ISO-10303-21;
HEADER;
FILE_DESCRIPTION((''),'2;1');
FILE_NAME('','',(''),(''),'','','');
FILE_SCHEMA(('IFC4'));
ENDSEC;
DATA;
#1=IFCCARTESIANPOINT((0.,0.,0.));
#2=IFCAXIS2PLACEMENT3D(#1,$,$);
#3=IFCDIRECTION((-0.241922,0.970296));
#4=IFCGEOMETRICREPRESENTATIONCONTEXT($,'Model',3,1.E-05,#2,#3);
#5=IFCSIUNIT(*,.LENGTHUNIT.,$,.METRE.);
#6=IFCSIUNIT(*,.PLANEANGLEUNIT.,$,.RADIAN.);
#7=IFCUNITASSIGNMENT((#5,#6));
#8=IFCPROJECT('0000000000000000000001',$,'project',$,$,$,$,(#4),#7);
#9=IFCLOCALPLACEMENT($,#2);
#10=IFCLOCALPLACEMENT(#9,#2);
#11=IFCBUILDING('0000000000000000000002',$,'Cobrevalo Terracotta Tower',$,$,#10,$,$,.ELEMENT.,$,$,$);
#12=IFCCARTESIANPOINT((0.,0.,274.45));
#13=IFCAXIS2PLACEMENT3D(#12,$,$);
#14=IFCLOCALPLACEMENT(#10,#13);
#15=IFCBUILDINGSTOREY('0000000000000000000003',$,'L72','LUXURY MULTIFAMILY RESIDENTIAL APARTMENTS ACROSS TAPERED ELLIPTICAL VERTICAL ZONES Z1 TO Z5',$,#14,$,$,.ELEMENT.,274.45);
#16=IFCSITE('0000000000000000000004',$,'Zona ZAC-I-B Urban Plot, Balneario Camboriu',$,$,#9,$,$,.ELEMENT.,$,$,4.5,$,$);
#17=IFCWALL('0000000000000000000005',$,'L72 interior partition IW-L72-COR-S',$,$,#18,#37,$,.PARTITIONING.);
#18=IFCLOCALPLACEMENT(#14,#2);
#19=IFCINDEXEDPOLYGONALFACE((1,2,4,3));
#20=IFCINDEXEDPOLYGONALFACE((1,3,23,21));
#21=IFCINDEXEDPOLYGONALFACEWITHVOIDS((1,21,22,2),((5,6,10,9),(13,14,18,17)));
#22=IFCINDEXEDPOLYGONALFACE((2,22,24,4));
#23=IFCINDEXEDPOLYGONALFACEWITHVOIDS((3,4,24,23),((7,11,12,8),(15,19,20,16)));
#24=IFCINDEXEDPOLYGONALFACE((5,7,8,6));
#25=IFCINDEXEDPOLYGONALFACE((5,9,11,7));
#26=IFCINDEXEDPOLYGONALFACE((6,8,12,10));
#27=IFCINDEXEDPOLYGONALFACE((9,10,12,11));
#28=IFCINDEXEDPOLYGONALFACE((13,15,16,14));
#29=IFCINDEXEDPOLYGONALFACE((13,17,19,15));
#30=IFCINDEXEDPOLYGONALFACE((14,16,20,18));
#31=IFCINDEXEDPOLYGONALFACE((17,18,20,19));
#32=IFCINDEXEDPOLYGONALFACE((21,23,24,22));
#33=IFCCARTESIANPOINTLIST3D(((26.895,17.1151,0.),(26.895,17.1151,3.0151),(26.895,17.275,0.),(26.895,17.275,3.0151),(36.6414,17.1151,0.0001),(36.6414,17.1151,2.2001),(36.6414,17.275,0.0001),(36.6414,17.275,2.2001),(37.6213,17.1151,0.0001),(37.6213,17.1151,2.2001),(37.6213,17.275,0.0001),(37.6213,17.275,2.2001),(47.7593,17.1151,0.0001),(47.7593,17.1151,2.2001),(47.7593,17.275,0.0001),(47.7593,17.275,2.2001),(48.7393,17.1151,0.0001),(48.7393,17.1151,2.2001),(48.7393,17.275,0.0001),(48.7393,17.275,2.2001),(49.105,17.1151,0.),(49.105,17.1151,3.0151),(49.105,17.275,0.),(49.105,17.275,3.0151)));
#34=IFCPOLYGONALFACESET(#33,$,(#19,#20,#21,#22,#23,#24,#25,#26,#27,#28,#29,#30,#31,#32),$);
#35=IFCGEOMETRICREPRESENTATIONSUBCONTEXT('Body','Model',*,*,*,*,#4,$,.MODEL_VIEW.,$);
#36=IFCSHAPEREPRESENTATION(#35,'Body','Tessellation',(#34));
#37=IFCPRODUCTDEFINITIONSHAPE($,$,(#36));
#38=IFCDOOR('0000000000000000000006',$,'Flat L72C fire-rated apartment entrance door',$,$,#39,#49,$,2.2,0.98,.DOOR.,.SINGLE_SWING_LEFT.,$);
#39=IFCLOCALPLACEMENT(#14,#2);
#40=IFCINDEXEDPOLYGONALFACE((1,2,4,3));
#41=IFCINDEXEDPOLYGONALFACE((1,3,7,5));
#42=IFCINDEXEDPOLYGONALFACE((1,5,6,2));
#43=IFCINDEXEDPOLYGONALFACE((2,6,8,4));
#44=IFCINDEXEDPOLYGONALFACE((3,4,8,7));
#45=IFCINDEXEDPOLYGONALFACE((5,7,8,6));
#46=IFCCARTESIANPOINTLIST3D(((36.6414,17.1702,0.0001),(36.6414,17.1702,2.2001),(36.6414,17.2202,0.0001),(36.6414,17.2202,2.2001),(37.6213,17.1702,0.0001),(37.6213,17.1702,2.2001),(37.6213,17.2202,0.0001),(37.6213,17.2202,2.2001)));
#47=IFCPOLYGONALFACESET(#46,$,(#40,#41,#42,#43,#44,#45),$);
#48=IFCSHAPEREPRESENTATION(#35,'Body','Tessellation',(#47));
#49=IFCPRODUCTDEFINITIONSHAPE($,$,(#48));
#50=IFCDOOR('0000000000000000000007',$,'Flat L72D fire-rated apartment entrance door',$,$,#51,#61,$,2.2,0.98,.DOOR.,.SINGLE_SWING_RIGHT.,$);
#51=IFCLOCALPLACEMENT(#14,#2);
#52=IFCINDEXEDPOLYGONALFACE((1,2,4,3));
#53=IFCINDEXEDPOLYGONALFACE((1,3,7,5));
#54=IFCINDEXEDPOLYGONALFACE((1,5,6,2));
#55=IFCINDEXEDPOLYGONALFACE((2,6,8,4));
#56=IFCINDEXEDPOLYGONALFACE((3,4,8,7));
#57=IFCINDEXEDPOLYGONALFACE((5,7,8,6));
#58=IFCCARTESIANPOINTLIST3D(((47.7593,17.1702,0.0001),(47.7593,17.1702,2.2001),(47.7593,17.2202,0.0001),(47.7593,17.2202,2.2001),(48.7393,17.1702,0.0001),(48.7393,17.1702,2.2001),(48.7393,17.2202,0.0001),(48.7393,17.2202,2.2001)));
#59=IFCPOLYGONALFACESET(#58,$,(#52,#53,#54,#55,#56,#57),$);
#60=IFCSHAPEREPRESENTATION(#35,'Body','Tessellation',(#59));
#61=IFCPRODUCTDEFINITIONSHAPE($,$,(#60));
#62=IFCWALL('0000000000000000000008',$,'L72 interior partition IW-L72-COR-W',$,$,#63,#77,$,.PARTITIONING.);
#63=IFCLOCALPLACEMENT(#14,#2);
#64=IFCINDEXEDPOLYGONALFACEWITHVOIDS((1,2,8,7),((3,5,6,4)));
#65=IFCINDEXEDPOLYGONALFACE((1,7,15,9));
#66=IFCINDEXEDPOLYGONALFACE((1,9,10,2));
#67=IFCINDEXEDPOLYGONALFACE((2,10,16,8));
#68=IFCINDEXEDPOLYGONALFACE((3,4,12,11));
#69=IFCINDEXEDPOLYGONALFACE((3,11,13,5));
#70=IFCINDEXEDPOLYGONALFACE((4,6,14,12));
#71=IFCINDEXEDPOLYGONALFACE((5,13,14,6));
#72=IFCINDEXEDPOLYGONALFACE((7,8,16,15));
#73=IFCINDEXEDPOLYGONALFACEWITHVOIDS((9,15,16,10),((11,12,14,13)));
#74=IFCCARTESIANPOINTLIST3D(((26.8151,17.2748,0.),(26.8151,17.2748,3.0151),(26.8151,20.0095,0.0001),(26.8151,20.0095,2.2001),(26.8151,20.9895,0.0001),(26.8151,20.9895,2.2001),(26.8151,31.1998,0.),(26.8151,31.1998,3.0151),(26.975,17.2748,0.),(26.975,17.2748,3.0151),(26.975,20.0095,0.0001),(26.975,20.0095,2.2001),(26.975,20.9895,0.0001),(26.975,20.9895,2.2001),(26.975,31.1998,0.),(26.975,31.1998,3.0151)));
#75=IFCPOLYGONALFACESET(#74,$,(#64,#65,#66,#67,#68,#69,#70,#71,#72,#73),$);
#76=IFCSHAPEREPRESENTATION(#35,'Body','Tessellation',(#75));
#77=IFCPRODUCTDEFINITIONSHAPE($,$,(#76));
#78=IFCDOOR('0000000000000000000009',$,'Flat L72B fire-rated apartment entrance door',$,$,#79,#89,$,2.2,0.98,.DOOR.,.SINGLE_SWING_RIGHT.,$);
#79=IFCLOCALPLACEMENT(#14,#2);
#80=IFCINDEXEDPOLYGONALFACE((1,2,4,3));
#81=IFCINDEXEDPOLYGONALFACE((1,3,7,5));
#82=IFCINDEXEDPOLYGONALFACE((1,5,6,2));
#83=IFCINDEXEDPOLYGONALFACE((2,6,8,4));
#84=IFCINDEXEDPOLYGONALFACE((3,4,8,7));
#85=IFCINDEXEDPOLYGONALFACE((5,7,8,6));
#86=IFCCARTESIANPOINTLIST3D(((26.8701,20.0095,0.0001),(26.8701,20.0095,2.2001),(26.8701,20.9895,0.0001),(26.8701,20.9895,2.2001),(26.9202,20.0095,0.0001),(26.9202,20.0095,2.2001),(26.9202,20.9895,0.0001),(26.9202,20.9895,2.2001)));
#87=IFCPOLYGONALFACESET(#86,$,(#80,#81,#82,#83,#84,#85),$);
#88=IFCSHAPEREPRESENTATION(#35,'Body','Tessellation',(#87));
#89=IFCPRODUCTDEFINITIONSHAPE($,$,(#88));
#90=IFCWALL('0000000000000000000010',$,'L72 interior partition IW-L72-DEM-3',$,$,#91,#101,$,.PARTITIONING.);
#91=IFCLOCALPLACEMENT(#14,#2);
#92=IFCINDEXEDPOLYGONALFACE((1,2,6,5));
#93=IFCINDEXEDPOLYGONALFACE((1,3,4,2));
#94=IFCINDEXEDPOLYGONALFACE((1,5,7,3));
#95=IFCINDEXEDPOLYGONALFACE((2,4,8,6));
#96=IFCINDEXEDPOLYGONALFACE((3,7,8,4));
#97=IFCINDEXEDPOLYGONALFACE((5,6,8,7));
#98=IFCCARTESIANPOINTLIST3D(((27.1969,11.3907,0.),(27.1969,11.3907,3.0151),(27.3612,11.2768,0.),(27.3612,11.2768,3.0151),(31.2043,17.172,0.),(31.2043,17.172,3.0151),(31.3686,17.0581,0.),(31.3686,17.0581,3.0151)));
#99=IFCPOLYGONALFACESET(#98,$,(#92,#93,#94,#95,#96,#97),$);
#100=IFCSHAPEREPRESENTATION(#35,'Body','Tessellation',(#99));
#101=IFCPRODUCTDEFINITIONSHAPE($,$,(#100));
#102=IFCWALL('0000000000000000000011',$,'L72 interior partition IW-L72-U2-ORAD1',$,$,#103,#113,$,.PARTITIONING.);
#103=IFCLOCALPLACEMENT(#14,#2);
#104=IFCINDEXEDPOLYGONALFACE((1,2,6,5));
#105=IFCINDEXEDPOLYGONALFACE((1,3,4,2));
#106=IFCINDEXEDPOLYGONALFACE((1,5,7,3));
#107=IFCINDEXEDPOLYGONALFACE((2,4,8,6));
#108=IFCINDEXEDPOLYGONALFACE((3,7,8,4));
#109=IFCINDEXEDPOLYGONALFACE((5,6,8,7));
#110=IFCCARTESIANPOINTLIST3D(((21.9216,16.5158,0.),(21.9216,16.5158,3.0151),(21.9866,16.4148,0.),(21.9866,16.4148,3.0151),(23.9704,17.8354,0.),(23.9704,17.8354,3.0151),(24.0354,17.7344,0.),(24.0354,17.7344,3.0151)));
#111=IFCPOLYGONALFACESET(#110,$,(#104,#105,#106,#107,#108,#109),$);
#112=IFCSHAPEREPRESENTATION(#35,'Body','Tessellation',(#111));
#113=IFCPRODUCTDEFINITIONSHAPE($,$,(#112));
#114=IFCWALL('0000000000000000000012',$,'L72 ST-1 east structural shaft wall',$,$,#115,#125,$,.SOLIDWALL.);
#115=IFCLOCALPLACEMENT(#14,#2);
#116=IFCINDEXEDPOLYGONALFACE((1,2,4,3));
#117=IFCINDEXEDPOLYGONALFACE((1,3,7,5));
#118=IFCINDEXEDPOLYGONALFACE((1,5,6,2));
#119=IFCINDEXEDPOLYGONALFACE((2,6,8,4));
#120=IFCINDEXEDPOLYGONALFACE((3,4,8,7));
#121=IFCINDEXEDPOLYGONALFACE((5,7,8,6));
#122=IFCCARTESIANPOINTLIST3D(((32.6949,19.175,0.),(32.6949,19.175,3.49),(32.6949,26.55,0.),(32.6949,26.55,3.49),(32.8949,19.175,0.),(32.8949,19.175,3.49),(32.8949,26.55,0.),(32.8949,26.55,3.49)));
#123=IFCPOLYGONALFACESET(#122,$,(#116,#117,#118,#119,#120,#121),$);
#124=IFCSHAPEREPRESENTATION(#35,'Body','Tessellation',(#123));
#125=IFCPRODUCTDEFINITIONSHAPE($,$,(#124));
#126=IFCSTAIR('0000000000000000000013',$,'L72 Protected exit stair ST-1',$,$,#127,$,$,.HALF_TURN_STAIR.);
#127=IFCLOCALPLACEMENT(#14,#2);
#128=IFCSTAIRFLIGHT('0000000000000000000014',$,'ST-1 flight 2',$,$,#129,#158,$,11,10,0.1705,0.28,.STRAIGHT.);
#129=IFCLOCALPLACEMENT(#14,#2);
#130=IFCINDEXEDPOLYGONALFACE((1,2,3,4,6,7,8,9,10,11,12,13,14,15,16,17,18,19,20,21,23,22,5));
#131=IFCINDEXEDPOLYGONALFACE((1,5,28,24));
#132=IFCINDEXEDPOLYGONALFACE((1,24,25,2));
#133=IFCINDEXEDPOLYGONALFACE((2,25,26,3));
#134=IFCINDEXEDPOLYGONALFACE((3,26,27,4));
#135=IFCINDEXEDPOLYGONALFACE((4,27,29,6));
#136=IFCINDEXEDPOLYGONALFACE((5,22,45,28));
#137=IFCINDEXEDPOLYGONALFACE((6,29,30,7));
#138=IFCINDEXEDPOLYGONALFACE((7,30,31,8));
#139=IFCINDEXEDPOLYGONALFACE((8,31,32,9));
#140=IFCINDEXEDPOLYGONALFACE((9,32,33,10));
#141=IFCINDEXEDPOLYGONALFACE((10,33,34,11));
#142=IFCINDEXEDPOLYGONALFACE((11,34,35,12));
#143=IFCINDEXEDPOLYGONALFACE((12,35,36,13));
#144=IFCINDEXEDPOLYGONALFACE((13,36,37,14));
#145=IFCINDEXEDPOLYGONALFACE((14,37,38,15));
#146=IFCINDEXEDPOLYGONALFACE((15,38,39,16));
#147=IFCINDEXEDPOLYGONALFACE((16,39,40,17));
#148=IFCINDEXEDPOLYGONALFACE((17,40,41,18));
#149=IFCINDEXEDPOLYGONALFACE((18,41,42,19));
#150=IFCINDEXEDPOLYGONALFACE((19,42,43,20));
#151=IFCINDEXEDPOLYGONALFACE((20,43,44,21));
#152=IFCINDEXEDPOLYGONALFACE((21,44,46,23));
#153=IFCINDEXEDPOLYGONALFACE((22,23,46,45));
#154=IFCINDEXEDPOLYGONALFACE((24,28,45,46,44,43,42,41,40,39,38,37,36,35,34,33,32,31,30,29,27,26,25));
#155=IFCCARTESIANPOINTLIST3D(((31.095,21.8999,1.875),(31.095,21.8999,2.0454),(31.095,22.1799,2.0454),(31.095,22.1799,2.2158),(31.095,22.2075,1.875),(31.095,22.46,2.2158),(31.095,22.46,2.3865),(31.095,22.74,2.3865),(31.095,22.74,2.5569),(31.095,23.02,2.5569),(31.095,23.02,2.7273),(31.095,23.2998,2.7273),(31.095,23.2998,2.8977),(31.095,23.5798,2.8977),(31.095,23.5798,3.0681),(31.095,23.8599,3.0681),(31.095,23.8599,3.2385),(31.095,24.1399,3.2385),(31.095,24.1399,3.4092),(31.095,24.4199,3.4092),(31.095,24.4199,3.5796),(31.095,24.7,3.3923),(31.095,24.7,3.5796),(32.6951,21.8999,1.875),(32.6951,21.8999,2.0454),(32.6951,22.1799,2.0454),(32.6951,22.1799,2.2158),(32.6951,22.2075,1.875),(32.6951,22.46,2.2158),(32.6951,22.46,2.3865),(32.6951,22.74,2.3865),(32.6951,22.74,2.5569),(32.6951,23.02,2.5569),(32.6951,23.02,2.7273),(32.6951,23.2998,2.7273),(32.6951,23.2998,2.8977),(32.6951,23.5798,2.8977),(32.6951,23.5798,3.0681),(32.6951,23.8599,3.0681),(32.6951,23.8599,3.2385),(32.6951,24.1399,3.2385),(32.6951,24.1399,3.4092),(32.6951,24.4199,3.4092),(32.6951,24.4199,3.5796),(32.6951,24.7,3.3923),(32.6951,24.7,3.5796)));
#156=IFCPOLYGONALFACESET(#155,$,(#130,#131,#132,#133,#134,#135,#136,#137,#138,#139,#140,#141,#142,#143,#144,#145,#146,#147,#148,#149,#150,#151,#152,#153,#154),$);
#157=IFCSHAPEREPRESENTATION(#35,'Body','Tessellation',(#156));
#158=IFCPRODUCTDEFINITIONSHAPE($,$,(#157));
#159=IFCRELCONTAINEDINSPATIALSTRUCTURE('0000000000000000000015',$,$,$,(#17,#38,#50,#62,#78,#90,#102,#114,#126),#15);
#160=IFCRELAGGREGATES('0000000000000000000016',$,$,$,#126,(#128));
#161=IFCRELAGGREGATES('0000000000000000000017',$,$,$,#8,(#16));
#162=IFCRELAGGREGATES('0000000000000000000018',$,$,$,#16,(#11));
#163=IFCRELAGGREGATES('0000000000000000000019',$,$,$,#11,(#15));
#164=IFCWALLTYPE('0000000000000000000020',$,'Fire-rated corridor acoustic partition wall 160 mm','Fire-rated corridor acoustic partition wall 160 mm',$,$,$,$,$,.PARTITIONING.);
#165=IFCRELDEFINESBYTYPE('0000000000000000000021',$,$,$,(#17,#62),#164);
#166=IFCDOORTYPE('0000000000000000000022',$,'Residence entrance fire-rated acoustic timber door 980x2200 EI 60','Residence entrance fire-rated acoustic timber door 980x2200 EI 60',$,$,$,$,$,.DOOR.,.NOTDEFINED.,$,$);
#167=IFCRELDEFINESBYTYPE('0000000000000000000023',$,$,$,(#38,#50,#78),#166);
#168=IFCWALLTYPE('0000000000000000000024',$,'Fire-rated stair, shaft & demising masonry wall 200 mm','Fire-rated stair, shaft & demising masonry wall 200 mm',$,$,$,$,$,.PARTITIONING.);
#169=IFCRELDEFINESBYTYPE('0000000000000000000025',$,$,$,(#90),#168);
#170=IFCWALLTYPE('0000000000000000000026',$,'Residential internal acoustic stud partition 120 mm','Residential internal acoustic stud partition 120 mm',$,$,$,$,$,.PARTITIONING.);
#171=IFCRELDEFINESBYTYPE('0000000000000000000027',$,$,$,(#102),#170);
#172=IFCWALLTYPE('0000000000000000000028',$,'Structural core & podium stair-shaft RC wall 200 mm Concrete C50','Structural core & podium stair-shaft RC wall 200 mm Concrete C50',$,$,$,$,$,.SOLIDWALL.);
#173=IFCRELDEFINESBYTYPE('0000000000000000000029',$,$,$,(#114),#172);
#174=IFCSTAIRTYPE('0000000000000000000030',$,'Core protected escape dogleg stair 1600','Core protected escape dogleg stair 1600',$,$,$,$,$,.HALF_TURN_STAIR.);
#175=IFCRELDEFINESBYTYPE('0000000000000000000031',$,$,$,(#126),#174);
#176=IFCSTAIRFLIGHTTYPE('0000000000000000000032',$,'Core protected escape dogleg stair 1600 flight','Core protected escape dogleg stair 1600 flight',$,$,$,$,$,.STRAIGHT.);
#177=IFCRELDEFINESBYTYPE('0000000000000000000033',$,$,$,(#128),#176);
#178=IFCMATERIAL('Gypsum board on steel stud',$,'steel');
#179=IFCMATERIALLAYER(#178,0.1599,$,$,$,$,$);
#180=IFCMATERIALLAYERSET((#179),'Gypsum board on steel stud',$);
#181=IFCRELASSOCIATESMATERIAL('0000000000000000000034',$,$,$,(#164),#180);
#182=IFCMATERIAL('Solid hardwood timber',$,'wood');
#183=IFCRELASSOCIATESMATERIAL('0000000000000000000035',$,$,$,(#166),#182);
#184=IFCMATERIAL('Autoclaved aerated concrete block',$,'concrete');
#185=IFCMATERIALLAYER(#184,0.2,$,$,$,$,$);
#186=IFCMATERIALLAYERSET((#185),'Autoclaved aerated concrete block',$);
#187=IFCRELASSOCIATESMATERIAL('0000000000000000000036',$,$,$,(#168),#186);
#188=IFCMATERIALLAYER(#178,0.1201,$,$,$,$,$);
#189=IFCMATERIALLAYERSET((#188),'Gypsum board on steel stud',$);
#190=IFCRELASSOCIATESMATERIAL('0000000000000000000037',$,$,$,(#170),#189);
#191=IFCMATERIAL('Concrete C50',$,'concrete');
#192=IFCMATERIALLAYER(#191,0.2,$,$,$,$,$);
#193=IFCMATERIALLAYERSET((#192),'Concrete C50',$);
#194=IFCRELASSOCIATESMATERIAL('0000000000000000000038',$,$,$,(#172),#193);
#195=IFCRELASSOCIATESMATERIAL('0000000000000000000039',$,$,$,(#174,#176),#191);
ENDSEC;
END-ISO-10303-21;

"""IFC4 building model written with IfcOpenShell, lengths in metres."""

from ifc_helpers import new_model, si_unit, direction, frame, frame_2d, origin, place, context, subcontext, project, spatial, polyline, rectangle, outline, extrude, source, transform, mapped, material, layer, layer_set, type_object, element, fill, aggregate, save


model = new_model("IFC4")

# Units and contexts
model_context = context("Model", 3, precision=1e-05, world=origin(), true_north=direction((-0.241922, 0.970296)))
body_context = subcontext(model_context, "Body", "Model", "MODEL_VIEW")
ifc_project = project(units=[si_unit("LENGTHUNIT", "METRE"), si_unit("PLANEANGLEUNIT", "RADIAN")], contexts=[model_context])

# Site, building, storey
site_placement = place(None, origin())
site = spatial("IfcSite", under=ifc_project, at=site_placement, Name="Zona ZAC-I-B Urban Plot, Balneario Camboriu", CompositionType="ELEMENT", RefElevation=4.5)
building_placement = place(site_placement, origin())
building = spatial("IfcBuilding", under=site, at=building_placement, Name="Cobrevalo Terracotta Tower", CompositionType="ELEMENT")
storey_placement = place(building_placement, frame((0.0, 0.0, 274.45)))
storey = spatial("IfcBuildingStorey", under=building, at=storey_placement, Name="L72", Description="LUXURY MULTIFAMILY RESIDENTIAL APARTMENTS ACROSS TAPERED ELLIPTICAL VERTICAL ZONES Z1 TO Z5", CompositionType="ELEMENT", Elevation=274.45)

# Shared definitions
ifc_material_1 = material(Name="Concrete C50", Category="concrete")

# Wall, openings, doors
ifc_material_2 = material(Name="Gypsum board on steel stud", Category="steel")
ifc_layer_1 = layer(ifc_material_2, 0.1599)
ifc_layer_set_1 = layer_set([ifc_layer_1], Name="Gypsum board on steel stud")
wall_type_1 = type_object("IfcWallType", Name="Fire-rated corridor acoustic partition wall 160 mm", Description="Fire-rated corridor acoustic partition wall 160 mm", PredefinedType="PARTITIONING", material=ifc_layer_set_1)
wall_1_placement = place(storey_placement, frame((26.895, 17.1951, 0.0), z_axis=(0.0, 0.0, 1.0), x_axis=(1.0, 0.0, 0.0)))
wall_1 = element("IfcWall", 1, at=wall_1_placement, inside=storey, type_object=wall_type_1, Name="L72 interior partition IW-L72-COR-S", PredefinedType="PARTITIONING", context=body_context, shape_type="SweptSolid", body=[
    extrude(rectangle(XDim=22.21, YDim=0.1599, at=frame_2d((11.105, 0.0))), origin(), (0.0, 0.0, 1.0), 3.0151),
])
opening_1_placement = place(wall_1_placement, frame((9.7463, 0.0, 0.0)))
opening_1 = element("IfcOpeningElement", 2, at=opening_1_placement, cuts=wall_1, PredefinedType="OPENING", context=body_context, shape_type="SweptSolid", body=[
    extrude(rectangle(XDim=0.98, YDim=2.2, at=frame_2d((0.49, 1.1001))), frame((0.0, 0.0898, 0.0), z_axis=(0.0, -1.0, 0.0), x_axis=(1.0, 0.0, 0.0)), (0.0, 0.0, 1.0), 0.1799),
])
opening_2_placement = place(wall_1_placement, frame((20.8643, 0.0, 0.0)))
opening_2 = element("IfcOpeningElement", 3, at=opening_2_placement, cuts=wall_1, PredefinedType="OPENING", context=body_context, shape_type="SweptSolid", body=[
    extrude(rectangle(XDim=0.98, YDim=2.2, at=frame_2d((0.49, 1.1001))), frame((0.0, 0.0898, 0.0), z_axis=(0.0, -1.0, 0.0), x_axis=(1.0, 0.0, 0.0)), (0.0, 0.0, 1.0), 0.1799),
])
ifc_material_3 = material(Name="Solid hardwood timber", Category="wood")
door_type_1 = type_object("IfcDoorType", Name="Residence entrance fire-rated acoustic timber door 980x2200 EI 60", Description="Residence entrance fire-rated acoustic timber door 980x2200 EI 60", OperationType="NOTDEFINED", PredefinedType="DOOR", material=ifc_material_3)
shared_shape_1 = source(origin(), body_context, "Body", "SweptSolid", [
    extrude(rectangle(XDim=0.98, YDim=2.2, at=frame_2d((0.49, 1.1001))), frame((0.0, 0.0249, 0.0), z_axis=(0.0, -1.0, 0.0), x_axis=(1.0, 0.0, 0.0)), (0.0, 0.0, 1.0), 0.05),
])
door_1_placement = place(opening_1_placement, frame((0.98, 0.0, 0.0), z_axis=(0.0, 0.0, 1.0), x_axis=(-1.0, 0.0, 0.0)))
door_1 = element("IfcDoor", 4, at=door_1_placement, inside=storey, type_object=door_type_1, Name="Flat L72C fire-rated apartment entrance door", OperationType="SINGLE_SWING_LEFT", OverallHeight=2.2, OverallWidth=0.98, PredefinedType="DOOR", context=body_context, shape_type="MappedRepresentation", body=[
    mapped(shared_shape_1, transform((0.0, 0.0, 0.0), scale=1.0)),
])
fill(opening_1, door_1)
door_2_placement = place(opening_2_placement, frame((0.98, 0.0, 0.0), z_axis=(0.0, 0.0, 1.0), x_axis=(-1.0, 0.0, 0.0)))
door_2 = element("IfcDoor", 5, at=door_2_placement, inside=storey, type_object=door_type_1, Name="Flat L72D fire-rated apartment entrance door", OperationType="SINGLE_SWING_RIGHT", OverallHeight=2.2, OverallWidth=0.98, PredefinedType="DOOR", context=body_context, shape_type="MappedRepresentation", body=[
    mapped(shared_shape_1, transform((0.0, 0.0, 0.0), scale=1.0)),
])
fill(opening_2, door_2)

# Wall, opening, door
wall_2_placement = place(storey_placement, frame((26.895, 17.2749, 0.0), z_axis=(0.0, 0.0, 1.0), x_axis=(0.0, 1.0, 0.0)))
wall_2 = element("IfcWall", 6, at=wall_2_placement, inside=storey, type_object=wall_type_1, Name="L72 interior partition IW-L72-COR-W", PredefinedType="PARTITIONING", context=body_context, shape_type="SweptSolid", body=[
    extrude(rectangle(XDim=13.925, YDim=0.1599, at=frame_2d((6.9624, 0.0))), origin(), (0.0, 0.0, 1.0), 3.0151),
])
opening_3_placement = place(wall_2_placement, frame((2.7346, 0.0, 0.0)))
opening_3 = element("IfcOpeningElement", 7, at=opening_3_placement, cuts=wall_2, PredefinedType="OPENING", context=body_context, shape_type="SweptSolid", body=[
    extrude(rectangle(XDim=0.98, YDim=2.2, at=frame_2d((0.49, 1.1001))), frame((0.0, 0.0898, 0.0), z_axis=(0.0, -1.0, 0.0), x_axis=(1.0, 0.0, 0.0)), (0.0, 0.0, 1.0), 0.1799),
])
door_3_placement = place(opening_3_placement, origin())
door_3 = element("IfcDoor", 8, at=door_3_placement, inside=storey, type_object=door_type_1, Name="Flat L72B fire-rated apartment entrance door", OperationType="SINGLE_SWING_RIGHT", OverallHeight=2.2, OverallWidth=0.98, PredefinedType="DOOR", context=body_context, shape_type="MappedRepresentation", body=[
    mapped(shared_shape_1, transform((0.0, 0.0, 0.0), scale=1.0)),
])
fill(opening_3, door_3)

# Walls
ifc_material_4 = material(Name="Autoclaved aerated concrete block", Category="concrete")
ifc_layer_2 = layer(ifc_material_4, 0.2)
ifc_layer_set_2 = layer_set([ifc_layer_2], Name="Autoclaved aerated concrete block")
wall_type_2 = type_object("IfcWallType", Name="Fire-rated stair, shaft & demising masonry wall 200 mm", Description="Fire-rated stair, shaft & demising masonry wall 200 mm", PredefinedType="PARTITIONING", material=ifc_layer_set_2)
wall_3_placement = place(storey_placement, frame((31.2864, 17.115, 0.0), z_axis=(0.0, 0.0, 1.0), x_axis=(-0.569683, -0.821865, 0.0)))
element("IfcWall", 9, at=wall_3_placement, inside=storey, type_object=wall_type_2, Name="L72 interior partition IW-L72-DEM-3", PredefinedType="PARTITIONING", context=body_context, shape_type="SweptSolid", body=[
    extrude(rectangle(XDim=7.0344, YDim=0.2, at=frame_2d((3.5171, 0.0))), origin(), (0.0, 0.0, 1.0), 3.0151),
])
ifc_layer_3 = layer(ifc_material_2, 0.1201)
ifc_layer_set_3 = layer_set([ifc_layer_3], Name="Gypsum board on steel stud")
wall_type_3 = type_object("IfcWallType", Name="Residential internal acoustic stud partition 120 mm", Description="Residential internal acoustic stud partition 120 mm", PredefinedType="PARTITIONING", material=ifc_layer_set_3)
wall_4_placement = place(storey_placement, frame((24.0029, 17.7849, 0.0), z_axis=(0.0, 0.0, 1.0), x_axis=(-0.840716, -0.541476, 0.0)))
element("IfcWall", 10, at=wall_4_placement, inside=storey, type_object=wall_type_3, Name="L72 interior partition IW-L72-U2-ORAD1", PredefinedType="PARTITIONING", context=body_context, shape_type="SweptSolid", body=[
    extrude(rectangle(XDim=2.437, YDim=0.1201, at=frame_2d((1.2185, 0.0))), origin(), (0.0, 0.0, 1.0), 3.0151),
])

# Wall
ifc_layer_4 = layer(ifc_material_1, 0.2)
ifc_layer_set_4 = layer_set([ifc_layer_4], Name="Concrete C50")
wall_type_4 = type_object("IfcWallType", Name="Structural core & podium stair-shaft RC wall 200 mm Concrete C50", Description="Structural core & podium stair-shaft RC wall 200 mm Concrete C50", PredefinedType="SOLIDWALL", material=ifc_layer_set_4)
wall_5_placement = place(storey_placement, frame((32.7949, 19.175, 0.0), z_axis=(0.0, 0.0, 1.0), x_axis=(0.0, 1.0, 0.0)))
element("IfcWall", 11, at=wall_5_placement, inside=storey, type_object=wall_type_4, Name="L72 ST-1 east structural shaft wall", PredefinedType="SOLIDWALL", context=body_context, shape_type="SweptSolid", body=[
    extrude(rectangle(XDim=7.375, YDim=0.2, at=frame_2d((3.6875, 0.0))), origin(), (0.0, 0.0, 1.0), 3.49),
])

# Stair, stair flight
stair_type = type_object("IfcStairType", Name="Core protected escape dogleg stair 1600", Description="Core protected escape dogleg stair 1600", PredefinedType="HALF_TURN_STAIR", material=ifc_material_1)
stair_placement = place(storey_placement, origin())
stair = element("IfcStair", 12, at=stair_placement, inside=storey, type_object=stair_type, Name="L72 Protected exit stair ST-1", PredefinedType="HALF_TURN_STAIR")
stair_flight_type = type_object("IfcStairFlightType", Name="Core protected escape dogleg stair 1600 flight", Description="Core protected escape dogleg stair 1600 flight", PredefinedType="STRAIGHT", material=ifc_material_1)
stair_flight_placement = place(storey_placement, frame((31.895, 21.8999, 1.875), z_axis=(0.0, 0.0, 1.0), x_axis=(0.0, 1.0, 0.0)))
stair_flight = element("IfcStairFlight", 13, at=stair_flight_placement, type_object=stair_flight_type, Name="ST-1 flight 2", NumberOfRisers=11, NumberOfTreads=10, PredefinedType="STRAIGHT", RiserHeight=0.1705, TreadLength=0.28, context=body_context, shape_type="SweptSolid", body=[
    extrude(outline(polyline([(0.0, 0.0), (0.0, 0.1704), (0.28, 0.1704), (0.28, 0.3408), (0.5601, 0.3408), (0.5601, 0.5115), (0.8401, 0.5115), (0.8401, 0.6819), (1.1201, 0.6819), (1.1201, 0.8523), (1.3999, 0.8523), (1.3999, 1.0227), (1.6799, 1.0227), (1.6799, 1.1931), (1.96, 1.1931), (1.96, 1.3635), (2.24, 1.3635), (2.24, 1.5342), (2.52, 1.5342), (2.52, 1.7046), (2.8, 1.7046), (2.8, 1.875), (2.8, 1.5173), (0.3076, 0.0), (0.0, 0.0)])), frame((0.0, 0.8, 0.0), z_axis=(0.0, -1.0, 0.0), x_axis=(1.0, 0.0, 0.0)), (0.0, 0.0, 1.0), 1.6001),
])
aggregate(stair, [stair_flight])

save(model, "model.ifc")
